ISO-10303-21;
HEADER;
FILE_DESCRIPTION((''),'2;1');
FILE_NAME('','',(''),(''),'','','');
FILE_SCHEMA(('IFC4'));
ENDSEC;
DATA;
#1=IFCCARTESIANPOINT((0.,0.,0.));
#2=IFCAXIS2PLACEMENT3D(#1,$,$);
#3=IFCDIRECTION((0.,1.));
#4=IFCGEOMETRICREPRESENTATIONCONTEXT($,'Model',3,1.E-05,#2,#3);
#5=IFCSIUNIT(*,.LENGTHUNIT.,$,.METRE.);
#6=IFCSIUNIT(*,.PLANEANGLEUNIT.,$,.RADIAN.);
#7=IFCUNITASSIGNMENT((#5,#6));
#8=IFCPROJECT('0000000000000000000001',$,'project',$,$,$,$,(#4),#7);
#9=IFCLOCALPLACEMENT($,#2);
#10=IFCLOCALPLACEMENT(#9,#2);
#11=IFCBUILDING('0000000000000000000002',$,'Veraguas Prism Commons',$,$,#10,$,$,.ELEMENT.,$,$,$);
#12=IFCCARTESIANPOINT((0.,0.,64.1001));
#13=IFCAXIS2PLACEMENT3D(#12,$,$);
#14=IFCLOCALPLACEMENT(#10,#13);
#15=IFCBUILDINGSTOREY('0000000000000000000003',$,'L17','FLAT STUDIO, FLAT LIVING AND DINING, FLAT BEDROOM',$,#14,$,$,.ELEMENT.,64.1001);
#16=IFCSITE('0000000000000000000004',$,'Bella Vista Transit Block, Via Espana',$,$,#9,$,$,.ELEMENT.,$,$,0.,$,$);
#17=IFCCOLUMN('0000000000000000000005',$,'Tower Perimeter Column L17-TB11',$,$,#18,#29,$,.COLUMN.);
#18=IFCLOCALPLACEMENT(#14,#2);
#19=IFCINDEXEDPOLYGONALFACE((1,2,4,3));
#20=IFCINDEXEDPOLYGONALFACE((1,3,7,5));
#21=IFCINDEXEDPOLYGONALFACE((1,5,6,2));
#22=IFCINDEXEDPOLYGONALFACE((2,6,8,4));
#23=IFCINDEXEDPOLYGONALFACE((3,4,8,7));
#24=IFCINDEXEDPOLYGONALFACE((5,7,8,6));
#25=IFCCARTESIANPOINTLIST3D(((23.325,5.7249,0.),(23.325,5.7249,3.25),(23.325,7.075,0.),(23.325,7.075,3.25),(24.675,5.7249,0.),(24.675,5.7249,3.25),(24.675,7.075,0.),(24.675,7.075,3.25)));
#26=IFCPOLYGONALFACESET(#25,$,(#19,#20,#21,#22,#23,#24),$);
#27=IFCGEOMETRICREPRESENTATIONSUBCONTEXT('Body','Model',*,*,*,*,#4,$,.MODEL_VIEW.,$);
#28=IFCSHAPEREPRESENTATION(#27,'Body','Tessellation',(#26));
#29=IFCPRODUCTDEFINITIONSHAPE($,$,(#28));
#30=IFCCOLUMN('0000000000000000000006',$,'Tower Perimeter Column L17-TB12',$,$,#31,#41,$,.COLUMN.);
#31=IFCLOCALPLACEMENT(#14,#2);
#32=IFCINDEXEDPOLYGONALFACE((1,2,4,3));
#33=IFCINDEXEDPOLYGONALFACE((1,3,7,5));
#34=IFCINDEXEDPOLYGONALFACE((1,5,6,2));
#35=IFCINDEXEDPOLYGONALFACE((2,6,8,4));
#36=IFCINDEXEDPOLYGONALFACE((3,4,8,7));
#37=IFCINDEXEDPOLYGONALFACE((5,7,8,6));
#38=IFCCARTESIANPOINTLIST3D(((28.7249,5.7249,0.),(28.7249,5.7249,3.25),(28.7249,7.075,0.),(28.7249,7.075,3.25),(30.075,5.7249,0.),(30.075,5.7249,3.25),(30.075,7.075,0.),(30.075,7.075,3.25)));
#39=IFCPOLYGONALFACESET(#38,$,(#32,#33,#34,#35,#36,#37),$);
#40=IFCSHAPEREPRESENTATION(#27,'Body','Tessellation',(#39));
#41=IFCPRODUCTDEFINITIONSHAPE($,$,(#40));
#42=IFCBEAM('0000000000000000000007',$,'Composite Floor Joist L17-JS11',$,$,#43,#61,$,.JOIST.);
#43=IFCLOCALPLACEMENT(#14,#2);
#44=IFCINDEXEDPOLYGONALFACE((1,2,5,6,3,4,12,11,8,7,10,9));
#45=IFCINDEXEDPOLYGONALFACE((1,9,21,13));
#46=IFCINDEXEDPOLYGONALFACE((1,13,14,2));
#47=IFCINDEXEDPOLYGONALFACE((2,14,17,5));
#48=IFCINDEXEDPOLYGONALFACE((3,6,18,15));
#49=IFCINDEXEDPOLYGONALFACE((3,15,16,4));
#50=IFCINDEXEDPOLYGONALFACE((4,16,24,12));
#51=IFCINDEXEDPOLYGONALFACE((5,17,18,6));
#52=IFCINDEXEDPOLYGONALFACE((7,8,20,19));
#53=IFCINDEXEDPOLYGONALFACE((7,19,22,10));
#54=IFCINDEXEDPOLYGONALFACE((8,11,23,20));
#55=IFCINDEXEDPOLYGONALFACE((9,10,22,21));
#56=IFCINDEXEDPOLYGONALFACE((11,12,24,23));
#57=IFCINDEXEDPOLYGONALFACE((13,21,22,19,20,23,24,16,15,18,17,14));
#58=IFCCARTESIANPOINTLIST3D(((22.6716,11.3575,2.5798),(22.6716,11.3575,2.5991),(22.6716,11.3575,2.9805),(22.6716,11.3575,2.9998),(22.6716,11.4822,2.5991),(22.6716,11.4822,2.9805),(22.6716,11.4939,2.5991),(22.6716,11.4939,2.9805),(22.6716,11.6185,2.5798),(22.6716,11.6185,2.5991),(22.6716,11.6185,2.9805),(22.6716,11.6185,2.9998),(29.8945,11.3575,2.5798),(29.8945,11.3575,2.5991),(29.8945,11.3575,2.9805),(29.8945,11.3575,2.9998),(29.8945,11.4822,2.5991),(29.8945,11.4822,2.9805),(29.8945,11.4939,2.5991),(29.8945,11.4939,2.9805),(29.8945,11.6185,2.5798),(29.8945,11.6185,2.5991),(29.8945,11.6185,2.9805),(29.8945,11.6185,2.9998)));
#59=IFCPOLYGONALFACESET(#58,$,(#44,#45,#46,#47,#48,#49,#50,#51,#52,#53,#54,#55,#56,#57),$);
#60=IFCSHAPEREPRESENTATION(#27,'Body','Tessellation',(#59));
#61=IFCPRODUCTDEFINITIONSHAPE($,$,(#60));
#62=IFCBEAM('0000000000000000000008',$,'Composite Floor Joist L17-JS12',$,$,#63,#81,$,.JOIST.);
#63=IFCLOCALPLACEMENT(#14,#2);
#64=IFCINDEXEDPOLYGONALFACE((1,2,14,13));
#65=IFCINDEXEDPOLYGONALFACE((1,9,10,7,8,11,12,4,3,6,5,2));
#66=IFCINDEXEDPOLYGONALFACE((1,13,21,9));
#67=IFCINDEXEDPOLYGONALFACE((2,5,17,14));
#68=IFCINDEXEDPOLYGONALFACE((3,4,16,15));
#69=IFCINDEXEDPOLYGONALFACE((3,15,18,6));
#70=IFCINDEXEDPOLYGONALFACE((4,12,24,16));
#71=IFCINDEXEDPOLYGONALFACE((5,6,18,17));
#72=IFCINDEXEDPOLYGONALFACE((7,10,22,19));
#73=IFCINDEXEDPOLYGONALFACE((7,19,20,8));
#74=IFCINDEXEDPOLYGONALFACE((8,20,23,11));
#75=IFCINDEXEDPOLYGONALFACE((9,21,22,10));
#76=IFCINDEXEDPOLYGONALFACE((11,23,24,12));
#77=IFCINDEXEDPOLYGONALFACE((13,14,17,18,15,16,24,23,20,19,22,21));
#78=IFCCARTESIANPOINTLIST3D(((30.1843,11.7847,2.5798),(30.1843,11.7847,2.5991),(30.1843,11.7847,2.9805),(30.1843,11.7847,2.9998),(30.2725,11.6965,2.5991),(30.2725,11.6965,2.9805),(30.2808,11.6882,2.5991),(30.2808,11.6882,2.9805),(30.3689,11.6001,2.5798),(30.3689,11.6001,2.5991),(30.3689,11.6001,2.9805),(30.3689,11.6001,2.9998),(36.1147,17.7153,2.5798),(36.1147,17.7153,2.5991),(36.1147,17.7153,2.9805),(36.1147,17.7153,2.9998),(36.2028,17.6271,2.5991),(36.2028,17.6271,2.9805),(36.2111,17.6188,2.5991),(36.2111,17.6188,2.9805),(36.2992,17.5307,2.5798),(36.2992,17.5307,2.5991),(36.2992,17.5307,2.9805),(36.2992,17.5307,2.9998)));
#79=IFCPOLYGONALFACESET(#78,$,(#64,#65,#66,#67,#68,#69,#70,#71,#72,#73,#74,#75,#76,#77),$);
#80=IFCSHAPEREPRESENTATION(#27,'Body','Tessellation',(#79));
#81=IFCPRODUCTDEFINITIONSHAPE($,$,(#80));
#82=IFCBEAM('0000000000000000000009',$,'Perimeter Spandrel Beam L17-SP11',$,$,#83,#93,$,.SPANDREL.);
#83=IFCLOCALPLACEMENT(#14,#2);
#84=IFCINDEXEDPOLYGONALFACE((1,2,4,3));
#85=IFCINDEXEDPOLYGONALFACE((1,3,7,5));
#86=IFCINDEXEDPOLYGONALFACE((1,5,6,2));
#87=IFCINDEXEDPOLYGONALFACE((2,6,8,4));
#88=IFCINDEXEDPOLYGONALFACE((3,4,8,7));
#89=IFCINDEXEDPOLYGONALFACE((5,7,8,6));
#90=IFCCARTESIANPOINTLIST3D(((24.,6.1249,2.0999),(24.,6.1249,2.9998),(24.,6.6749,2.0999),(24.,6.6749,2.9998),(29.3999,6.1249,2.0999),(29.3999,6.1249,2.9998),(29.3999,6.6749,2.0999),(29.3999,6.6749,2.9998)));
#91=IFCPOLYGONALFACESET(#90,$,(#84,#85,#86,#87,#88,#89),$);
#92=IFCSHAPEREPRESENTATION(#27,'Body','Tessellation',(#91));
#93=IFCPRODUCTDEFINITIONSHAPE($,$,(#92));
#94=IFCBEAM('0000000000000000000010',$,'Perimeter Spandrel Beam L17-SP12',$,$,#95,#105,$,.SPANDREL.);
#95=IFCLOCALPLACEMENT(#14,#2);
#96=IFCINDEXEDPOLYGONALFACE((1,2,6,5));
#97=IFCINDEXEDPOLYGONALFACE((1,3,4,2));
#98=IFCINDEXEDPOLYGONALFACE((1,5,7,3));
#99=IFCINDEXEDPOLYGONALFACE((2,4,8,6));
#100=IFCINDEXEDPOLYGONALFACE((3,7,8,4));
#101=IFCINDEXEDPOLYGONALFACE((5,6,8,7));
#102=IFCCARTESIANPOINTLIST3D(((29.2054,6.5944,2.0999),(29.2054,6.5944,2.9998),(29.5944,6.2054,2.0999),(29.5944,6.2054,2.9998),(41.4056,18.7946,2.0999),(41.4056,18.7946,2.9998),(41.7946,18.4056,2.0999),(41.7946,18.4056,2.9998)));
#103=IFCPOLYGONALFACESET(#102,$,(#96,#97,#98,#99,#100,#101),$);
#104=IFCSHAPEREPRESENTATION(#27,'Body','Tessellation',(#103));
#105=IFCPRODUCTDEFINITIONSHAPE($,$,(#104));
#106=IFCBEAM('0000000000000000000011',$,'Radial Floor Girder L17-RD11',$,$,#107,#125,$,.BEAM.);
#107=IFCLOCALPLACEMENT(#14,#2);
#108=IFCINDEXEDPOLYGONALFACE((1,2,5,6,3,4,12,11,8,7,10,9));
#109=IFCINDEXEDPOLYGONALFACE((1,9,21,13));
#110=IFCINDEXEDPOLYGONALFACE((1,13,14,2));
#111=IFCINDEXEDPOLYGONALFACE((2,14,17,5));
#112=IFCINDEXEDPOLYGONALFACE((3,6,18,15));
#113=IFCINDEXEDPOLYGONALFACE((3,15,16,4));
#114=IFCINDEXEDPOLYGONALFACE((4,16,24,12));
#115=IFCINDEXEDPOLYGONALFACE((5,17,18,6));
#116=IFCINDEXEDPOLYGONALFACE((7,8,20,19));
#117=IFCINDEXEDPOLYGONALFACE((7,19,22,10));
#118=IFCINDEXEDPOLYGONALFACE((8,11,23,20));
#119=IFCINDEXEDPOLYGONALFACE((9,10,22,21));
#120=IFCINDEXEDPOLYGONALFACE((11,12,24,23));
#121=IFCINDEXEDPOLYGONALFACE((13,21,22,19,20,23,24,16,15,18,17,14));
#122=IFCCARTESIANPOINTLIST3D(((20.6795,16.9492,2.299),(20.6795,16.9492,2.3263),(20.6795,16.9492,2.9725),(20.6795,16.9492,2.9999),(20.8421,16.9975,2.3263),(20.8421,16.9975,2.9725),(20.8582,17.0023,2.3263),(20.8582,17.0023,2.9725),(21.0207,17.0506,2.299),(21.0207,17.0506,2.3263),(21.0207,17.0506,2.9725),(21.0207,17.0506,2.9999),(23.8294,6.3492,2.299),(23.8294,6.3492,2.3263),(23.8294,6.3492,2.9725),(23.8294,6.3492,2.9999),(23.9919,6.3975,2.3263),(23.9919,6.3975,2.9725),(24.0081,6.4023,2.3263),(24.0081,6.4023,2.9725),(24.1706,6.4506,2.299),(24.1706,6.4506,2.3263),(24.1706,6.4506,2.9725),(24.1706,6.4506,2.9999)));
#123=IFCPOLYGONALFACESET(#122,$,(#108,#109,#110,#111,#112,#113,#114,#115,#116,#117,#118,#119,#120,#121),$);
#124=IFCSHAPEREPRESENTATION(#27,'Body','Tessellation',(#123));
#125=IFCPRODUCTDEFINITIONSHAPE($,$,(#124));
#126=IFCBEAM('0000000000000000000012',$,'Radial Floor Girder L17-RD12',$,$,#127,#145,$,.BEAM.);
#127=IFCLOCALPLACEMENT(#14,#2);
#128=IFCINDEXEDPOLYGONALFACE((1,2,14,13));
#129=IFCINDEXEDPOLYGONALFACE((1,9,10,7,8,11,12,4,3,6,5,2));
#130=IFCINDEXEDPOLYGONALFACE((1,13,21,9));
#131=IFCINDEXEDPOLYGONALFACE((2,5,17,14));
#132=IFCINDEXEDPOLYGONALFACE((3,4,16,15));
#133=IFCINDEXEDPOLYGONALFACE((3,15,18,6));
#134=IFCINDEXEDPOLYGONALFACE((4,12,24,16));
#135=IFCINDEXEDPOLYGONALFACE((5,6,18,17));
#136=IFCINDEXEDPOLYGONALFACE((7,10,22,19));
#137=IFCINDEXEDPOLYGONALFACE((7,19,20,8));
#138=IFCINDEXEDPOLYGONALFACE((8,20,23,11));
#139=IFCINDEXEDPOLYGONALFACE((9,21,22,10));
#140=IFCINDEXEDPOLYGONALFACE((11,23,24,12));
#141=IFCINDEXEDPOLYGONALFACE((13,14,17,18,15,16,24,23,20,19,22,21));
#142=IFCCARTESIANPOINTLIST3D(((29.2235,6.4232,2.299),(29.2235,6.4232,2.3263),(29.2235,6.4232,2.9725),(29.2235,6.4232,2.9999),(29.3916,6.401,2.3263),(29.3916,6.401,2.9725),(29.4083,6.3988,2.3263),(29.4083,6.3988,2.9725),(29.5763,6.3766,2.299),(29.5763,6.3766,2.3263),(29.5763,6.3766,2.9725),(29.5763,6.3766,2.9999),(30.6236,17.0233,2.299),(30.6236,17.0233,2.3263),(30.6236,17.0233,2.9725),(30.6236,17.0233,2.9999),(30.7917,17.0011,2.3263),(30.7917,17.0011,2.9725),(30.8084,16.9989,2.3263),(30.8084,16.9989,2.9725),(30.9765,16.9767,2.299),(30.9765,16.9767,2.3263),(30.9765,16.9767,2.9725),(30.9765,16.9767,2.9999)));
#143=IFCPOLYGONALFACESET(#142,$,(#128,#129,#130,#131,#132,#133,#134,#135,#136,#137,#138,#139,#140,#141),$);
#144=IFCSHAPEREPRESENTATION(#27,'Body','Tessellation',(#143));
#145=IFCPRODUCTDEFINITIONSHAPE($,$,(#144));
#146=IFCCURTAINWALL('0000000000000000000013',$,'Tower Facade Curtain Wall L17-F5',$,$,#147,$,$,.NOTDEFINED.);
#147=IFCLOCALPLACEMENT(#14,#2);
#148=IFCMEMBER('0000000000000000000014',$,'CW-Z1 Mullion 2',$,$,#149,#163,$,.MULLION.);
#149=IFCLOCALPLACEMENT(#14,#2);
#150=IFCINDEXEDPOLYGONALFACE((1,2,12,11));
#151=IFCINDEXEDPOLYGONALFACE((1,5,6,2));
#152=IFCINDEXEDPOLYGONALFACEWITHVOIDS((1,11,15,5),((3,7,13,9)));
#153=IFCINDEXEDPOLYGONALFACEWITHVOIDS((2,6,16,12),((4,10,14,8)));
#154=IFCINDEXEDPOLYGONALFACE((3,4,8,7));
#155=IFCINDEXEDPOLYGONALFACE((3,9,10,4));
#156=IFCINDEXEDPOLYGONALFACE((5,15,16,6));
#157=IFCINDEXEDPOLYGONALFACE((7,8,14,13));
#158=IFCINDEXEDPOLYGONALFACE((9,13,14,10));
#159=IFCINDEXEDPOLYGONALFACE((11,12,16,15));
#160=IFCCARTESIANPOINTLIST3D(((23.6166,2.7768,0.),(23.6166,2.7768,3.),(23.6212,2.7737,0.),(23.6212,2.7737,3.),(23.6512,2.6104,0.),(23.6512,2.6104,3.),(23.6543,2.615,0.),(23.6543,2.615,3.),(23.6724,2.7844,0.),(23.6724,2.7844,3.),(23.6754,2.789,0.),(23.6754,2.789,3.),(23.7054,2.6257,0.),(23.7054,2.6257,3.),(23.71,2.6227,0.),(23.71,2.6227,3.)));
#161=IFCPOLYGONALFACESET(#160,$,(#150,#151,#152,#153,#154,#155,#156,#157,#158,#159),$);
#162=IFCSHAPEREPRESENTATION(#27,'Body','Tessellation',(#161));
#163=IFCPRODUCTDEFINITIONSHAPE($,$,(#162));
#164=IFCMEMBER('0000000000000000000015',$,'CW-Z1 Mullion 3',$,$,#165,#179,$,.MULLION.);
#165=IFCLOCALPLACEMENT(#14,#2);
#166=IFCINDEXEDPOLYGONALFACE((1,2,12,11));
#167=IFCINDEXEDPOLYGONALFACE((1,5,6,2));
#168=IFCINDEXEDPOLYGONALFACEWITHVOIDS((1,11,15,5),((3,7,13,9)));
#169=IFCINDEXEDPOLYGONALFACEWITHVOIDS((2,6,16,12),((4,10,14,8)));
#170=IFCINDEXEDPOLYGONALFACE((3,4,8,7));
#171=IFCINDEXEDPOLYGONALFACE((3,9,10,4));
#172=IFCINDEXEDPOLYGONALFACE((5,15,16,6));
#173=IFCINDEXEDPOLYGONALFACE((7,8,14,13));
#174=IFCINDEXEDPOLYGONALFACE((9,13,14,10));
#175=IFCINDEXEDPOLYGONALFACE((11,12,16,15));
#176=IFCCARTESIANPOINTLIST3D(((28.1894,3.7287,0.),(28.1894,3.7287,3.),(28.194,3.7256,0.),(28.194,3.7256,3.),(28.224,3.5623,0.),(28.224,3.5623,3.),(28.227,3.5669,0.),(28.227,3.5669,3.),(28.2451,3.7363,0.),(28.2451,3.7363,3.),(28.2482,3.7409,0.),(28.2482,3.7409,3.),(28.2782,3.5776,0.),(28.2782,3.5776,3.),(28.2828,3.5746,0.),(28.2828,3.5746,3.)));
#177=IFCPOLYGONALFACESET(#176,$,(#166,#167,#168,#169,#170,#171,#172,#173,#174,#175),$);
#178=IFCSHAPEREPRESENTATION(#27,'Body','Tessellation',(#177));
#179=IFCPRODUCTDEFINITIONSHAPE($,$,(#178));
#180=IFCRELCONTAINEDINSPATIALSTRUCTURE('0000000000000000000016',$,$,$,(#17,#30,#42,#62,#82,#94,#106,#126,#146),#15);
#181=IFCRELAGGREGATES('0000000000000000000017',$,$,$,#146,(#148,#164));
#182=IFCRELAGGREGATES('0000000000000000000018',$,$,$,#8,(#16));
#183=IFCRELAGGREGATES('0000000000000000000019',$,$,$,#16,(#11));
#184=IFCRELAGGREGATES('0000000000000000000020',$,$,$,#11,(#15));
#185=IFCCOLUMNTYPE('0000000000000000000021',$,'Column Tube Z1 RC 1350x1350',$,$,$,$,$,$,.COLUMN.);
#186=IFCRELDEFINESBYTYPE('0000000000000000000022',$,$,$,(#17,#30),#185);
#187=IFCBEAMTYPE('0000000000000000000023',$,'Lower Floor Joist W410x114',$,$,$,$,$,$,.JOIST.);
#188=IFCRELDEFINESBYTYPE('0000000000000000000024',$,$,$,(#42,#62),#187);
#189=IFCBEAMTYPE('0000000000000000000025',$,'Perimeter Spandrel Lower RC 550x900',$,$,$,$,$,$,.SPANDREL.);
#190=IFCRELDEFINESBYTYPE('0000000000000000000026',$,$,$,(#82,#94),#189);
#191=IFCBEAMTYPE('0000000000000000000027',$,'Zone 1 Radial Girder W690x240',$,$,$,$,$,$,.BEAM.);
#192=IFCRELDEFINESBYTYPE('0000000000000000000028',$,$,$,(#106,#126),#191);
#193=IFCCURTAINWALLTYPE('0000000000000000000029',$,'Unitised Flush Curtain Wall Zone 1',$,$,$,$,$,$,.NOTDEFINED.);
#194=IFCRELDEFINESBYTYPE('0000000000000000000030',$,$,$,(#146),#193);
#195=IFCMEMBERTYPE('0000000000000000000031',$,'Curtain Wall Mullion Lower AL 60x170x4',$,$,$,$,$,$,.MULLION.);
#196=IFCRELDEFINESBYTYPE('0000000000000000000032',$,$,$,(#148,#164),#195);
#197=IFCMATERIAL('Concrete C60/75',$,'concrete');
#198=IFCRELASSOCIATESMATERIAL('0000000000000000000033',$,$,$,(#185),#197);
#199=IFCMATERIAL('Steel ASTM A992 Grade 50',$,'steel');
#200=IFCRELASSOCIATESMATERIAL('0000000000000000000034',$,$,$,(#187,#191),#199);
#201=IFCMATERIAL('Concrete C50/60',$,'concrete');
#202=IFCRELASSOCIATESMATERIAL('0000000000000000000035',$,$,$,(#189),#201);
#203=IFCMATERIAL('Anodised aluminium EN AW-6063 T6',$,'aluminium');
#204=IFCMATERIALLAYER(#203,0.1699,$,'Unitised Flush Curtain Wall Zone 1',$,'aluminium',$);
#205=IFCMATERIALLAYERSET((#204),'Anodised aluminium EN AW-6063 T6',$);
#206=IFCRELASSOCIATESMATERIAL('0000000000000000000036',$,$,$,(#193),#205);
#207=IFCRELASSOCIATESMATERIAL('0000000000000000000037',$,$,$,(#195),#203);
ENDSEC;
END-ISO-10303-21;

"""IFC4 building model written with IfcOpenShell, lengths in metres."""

from ifc_helpers import new_model, si_unit, direction, frame, origin, origin_2d, place, context, subcontext, project, spatial, rectangle, hollow_rectangle, i_section, extrude, source, transform, mapped, material, layer, layer_set, material_profile, profile_set, type_object, element, aggregate, save


model = new_model("IFC4")

# Units and contexts
model_context = context("Model", 3, precision=1e-05, world=origin(), true_north=direction((0.0, 1.0)))
body_context = subcontext(model_context, "Body", "Model", "MODEL_VIEW")
ifc_project = project(units=[si_unit("LENGTHUNIT", "METRE"), si_unit("PLANEANGLEUNIT", "RADIAN")], contexts=[model_context])

# Site, building, storey
site_placement = place(None, origin())
site = spatial("IfcSite", under=ifc_project, at=site_placement, Name="Bella Vista Transit Block, Via Espana", CompositionType="ELEMENT", RefElevation=0.0)
building_placement = place(site_placement, origin())
building = spatial("IfcBuilding", under=site, at=building_placement, Name="Veraguas Prism Commons", CompositionType="ELEMENT")
storey_placement = place(building_placement, frame((0.0, 0.0, 64.1001)))
storey = spatial("IfcBuildingStorey", under=building, at=storey_placement, Name="L17", Description="FLAT STUDIO, FLAT LIVING AND DINING, FLAT BEDROOM", CompositionType="ELEMENT", Elevation=64.1001)

# Columns
ifc_material_1 = material(Name="Concrete C60/75", Category="concrete")
ifc_material_profile_1 = material_profile(ifc_material_1, rectangle(XDim=1.3501, YDim=1.3501, at=origin_2d()), Name="RC1350X1350")
ifc_profile_set_1 = profile_set([ifc_material_profile_1], Name="Concrete C60/75")
column_type = type_object("IfcColumnType", Name="Column Tube Z1 RC 1350x1350", PredefinedType="COLUMN", material=ifc_profile_set_1)
for number, where, z_axis, x_axis, name in (
    (1, (24.0, 6.3999, 0.0), (0.0, 0.0, 1.0), (1.0, 0.0, 0.0), "Tower Perimeter Column L17-TB11"),
    (2, (29.3999, 6.3999, 0.0), (0.0, 0.0, 1.0), (1.0, 0.0, 0.0), "Tower Perimeter Column L17-TB12"),
):
    element("IfcColumn", number, at=place(storey_placement, frame(where, z_axis=z_axis, x_axis=x_axis)), inside=storey, type_object=column_type, Name=name, PredefinedType="COLUMN", context=body_context, shape_type="SweptSolid", body=[
        extrude(rectangle(XDim=1.3501, YDim=1.3501, at=origin_2d()), origin(), (0.0, 0.0, 1.0), 3.25),
    ])

# Beams
ifc_material_2 = material(Name="Steel ASTM A992 Grade 50", Category="steel")
ifc_material_profile_2 = material_profile(ifc_material_2, i_section(OverallWidth=0.261, OverallDepth=0.4199, WebThickness=0.0117, FlangeThickness=0.0193, at=origin_2d()), Name="W410X114")
ifc_profile_set_2 = profile_set([ifc_material_profile_2], Name="Steel ASTM A992 Grade 50")
beam_type_1 = type_object("IfcBeamType", Name="Lower Floor Joist W410x114", PredefinedType="JOIST", material=ifc_profile_set_2)
beam_1_placement = place(storey_placement, frame((22.6716, 11.488, 2.7898), z_axis=(1.0, 0.0, 0.0), x_axis=(0.0, 1.0, 0.0)))
element("IfcBeam", 3, at=beam_1_placement, inside=storey, type_object=beam_type_1, Name="Composite Floor Joist L17-JS11", PredefinedType="JOIST", context=body_context, shape_type="SweptSolid", body=[
    extrude(i_section(OverallWidth=0.261, OverallDepth=0.4199, WebThickness=0.0117, FlangeThickness=0.0193, at=origin_2d()), origin(), (0.0, 0.0, 1.0), 7.2229),
])
beam_2_placement = place(storey_placement, frame((30.2766, 11.6924, 2.7898), z_axis=(0.707092, 0.707121, 0.0), x_axis=(-0.707121, 0.707092, 0.0)))
element("IfcBeam", 4, at=beam_2_placement, inside=storey, type_object=beam_type_1, Name="Composite Floor Joist L17-JS12", PredefinedType="JOIST", context=body_context, shape_type="SweptSolid", body=[
    extrude(i_section(OverallWidth=0.261, OverallDepth=0.4199, WebThickness=0.0117, FlangeThickness=0.0193, at=origin_2d()), origin(), (0.0, 0.0, 1.0), 8.387),
])
ifc_material_3 = material(Name="Concrete C50/60", Category="concrete")
ifc_material_profile_3 = material_profile(ifc_material_3, rectangle(XDim=0.55, YDim=0.8999, at=origin_2d()), Name="RC550X900")
ifc_profile_set_3 = profile_set([ifc_material_profile_3], Name="Concrete C50/60")
beam_type_2 = type_object("IfcBeamType", Name="Perimeter Spandrel Lower RC 550x900", PredefinedType="SPANDREL", material=ifc_profile_set_3)
beam_3_placement = place(storey_placement, frame((24.0, 6.3999, 2.5498), z_axis=(1.0, 0.0, 0.0), x_axis=(0.0, 1.0, 0.0)))
element("IfcBeam", 5, at=beam_3_placement, inside=storey, type_object=beam_type_2, Name="Perimeter Spandrel Beam L17-SP11", PredefinedType="SPANDREL", context=body_context, shape_type="SweptSolid", body=[
    extrude(rectangle(XDim=0.55, YDim=0.8999, at=origin_2d()), origin(), (0.0, 0.0, 1.0), 5.3999),
])
beam_4_placement = place(storey_placement, frame((29.3999, 6.3999, 2.5498), z_axis=(0.707107, 0.707107, 0.0), x_axis=(-0.707107, 0.707107, 0.0)))
element("IfcBeam", 6, at=beam_4_placement, inside=storey, type_object=beam_type_2, Name="Perimeter Spandrel Beam L17-SP12", PredefinedType="SPANDREL", context=body_context, shape_type="SweptSolid", body=[
    extrude(rectangle(XDim=0.55, YDim=0.8999, at=origin_2d()), origin(), (0.0, 0.0, 1.0), 17.2537),
])
ifc_material_profile_4 = material_profile(ifc_material_2, i_section(OverallWidth=0.356, OverallDepth=0.7009, WebThickness=0.0168, FlangeThickness=0.0273, at=origin_2d()), Name="W690X240")
ifc_profile_set_4 = profile_set([ifc_material_profile_4], Name="Steel ASTM A992 Grade 50")
beam_type_3 = type_object("IfcBeamType", Name="Zone 1 Radial Girder W690x240", PredefinedType="BEAM", material=ifc_profile_set_4)
beam_5_placement = place(storey_placement, frame((24.0, 6.3999, 2.6494), z_axis=(-0.284847, 0.958573, 0.0), x_axis=(-0.958573, -0.284847, 0.0)))
element("IfcBeam", 7, at=beam_5_placement, inside=storey, type_object=beam_type_3, Name="Radial Floor Girder L17-RD11", PredefinedType="BEAM", context=body_context, shape_type="SweptSolid", body=[
    extrude(i_section(OverallWidth=0.356, OverallDepth=0.7009, WebThickness=0.0168, FlangeThickness=0.0273, at=origin_2d()), origin(), (0.0, 0.0, 1.0), 11.0581),
])
beam_6_placement = place(storey_placement, frame((29.3999, 6.3999, 2.6494), z_axis=(0.130951, 0.991389, 0.0), x_axis=(-0.991389, 0.130951, 0.0)))
element("IfcBeam", 8, at=beam_6_placement, inside=storey, type_object=beam_type_3, Name="Radial Floor Girder L17-RD12", PredefinedType="BEAM", context=body_context, shape_type="SweptSolid", body=[
    extrude(i_section(OverallWidth=0.356, OverallDepth=0.7009, WebThickness=0.0168, FlangeThickness=0.0273, at=origin_2d()), origin(), (0.0, 0.0, 1.0), 10.6921),
])

# Curtain wall, members
ifc_material_4 = material(Name="Anodised aluminium EN AW-6063 T6", Category="aluminium")
ifc_layer_1 = layer(ifc_material_4, 0.1699, Name="Unitised Flush Curtain Wall Zone 1", Category="aluminium")
ifc_layer_set_1 = layer_set([ifc_layer_1], Name="Anodised aluminium EN AW-6063 T6")
curtain_wall_type = type_object("IfcCurtainWallType", Name="Unitised Flush Curtain Wall Zone 1", PredefinedType="NOTDEFINED", material=ifc_layer_set_1)
curtain_wall_placement = place(storey_placement, origin())
curtain_wall = element("IfcCurtainWall", 9, at=curtain_wall_placement, inside=storey, type_object=curtain_wall_type, Name="Tower Facade Curtain Wall L17-F5", PredefinedType="NOTDEFINED")
ifc_material_profile_5 = material_profile(ifc_material_4, hollow_rectangle(XDim=0.0601, YDim=0.1699, WallThickness=0.0039, at=origin_2d()), Name="AL60X170X4")
ifc_profile_set_5 = profile_set([ifc_material_profile_5], Name="Anodised aluminium EN AW-6063 T6")
member_type = type_object("IfcMemberType", Name="Curtain Wall Mullion Lower AL 60x170x4", PredefinedType="MULLION", material=ifc_profile_set_5)
shared_shape_1 = source(origin(), body_context, "Body", "SweptSolid", [
    extrude(hollow_rectangle(XDim=0.0601, YDim=0.1699, WallThickness=0.0039, at=origin_2d()), origin(), (0.0, 0.0, 1.0), 3.0),
])
member_1_placement = place(storey_placement, frame((23.6633, 2.6997, 0.0), z_axis=(0.0, 0.0, 1.0), x_axis=(0.979009, 0.203818, 0.0)))
member_1 = element("IfcMember", 10, at=member_1_placement, type_object=member_type, Name="CW-Z1 Mullion 2", PredefinedType="MULLION", context=body_context, shape_type="MappedRepresentation", body=[
    mapped(shared_shape_1, transform((0.0, 0.0, 0.0), scale=1.0)),
])
member_2_placement = place(storey_placement, frame((28.2361, 3.6516, 0.0), z_axis=(0.0, 0.0, 1.0), x_axis=(0.979009, 0.203818, 0.0)))
member_2 = element("IfcMember", 11, at=member_2_placement, type_object=member_type, Name="CW-Z1 Mullion 3", PredefinedType="MULLION", context=body_context, shape_type="MappedRepresentation", body=[
    mapped(shared_shape_1, transform((0.0, 0.0, 0.0), scale=1.0)),
])
aggregate(curtain_wall, [member_1, member_2])

save(model, "model.ifc")
